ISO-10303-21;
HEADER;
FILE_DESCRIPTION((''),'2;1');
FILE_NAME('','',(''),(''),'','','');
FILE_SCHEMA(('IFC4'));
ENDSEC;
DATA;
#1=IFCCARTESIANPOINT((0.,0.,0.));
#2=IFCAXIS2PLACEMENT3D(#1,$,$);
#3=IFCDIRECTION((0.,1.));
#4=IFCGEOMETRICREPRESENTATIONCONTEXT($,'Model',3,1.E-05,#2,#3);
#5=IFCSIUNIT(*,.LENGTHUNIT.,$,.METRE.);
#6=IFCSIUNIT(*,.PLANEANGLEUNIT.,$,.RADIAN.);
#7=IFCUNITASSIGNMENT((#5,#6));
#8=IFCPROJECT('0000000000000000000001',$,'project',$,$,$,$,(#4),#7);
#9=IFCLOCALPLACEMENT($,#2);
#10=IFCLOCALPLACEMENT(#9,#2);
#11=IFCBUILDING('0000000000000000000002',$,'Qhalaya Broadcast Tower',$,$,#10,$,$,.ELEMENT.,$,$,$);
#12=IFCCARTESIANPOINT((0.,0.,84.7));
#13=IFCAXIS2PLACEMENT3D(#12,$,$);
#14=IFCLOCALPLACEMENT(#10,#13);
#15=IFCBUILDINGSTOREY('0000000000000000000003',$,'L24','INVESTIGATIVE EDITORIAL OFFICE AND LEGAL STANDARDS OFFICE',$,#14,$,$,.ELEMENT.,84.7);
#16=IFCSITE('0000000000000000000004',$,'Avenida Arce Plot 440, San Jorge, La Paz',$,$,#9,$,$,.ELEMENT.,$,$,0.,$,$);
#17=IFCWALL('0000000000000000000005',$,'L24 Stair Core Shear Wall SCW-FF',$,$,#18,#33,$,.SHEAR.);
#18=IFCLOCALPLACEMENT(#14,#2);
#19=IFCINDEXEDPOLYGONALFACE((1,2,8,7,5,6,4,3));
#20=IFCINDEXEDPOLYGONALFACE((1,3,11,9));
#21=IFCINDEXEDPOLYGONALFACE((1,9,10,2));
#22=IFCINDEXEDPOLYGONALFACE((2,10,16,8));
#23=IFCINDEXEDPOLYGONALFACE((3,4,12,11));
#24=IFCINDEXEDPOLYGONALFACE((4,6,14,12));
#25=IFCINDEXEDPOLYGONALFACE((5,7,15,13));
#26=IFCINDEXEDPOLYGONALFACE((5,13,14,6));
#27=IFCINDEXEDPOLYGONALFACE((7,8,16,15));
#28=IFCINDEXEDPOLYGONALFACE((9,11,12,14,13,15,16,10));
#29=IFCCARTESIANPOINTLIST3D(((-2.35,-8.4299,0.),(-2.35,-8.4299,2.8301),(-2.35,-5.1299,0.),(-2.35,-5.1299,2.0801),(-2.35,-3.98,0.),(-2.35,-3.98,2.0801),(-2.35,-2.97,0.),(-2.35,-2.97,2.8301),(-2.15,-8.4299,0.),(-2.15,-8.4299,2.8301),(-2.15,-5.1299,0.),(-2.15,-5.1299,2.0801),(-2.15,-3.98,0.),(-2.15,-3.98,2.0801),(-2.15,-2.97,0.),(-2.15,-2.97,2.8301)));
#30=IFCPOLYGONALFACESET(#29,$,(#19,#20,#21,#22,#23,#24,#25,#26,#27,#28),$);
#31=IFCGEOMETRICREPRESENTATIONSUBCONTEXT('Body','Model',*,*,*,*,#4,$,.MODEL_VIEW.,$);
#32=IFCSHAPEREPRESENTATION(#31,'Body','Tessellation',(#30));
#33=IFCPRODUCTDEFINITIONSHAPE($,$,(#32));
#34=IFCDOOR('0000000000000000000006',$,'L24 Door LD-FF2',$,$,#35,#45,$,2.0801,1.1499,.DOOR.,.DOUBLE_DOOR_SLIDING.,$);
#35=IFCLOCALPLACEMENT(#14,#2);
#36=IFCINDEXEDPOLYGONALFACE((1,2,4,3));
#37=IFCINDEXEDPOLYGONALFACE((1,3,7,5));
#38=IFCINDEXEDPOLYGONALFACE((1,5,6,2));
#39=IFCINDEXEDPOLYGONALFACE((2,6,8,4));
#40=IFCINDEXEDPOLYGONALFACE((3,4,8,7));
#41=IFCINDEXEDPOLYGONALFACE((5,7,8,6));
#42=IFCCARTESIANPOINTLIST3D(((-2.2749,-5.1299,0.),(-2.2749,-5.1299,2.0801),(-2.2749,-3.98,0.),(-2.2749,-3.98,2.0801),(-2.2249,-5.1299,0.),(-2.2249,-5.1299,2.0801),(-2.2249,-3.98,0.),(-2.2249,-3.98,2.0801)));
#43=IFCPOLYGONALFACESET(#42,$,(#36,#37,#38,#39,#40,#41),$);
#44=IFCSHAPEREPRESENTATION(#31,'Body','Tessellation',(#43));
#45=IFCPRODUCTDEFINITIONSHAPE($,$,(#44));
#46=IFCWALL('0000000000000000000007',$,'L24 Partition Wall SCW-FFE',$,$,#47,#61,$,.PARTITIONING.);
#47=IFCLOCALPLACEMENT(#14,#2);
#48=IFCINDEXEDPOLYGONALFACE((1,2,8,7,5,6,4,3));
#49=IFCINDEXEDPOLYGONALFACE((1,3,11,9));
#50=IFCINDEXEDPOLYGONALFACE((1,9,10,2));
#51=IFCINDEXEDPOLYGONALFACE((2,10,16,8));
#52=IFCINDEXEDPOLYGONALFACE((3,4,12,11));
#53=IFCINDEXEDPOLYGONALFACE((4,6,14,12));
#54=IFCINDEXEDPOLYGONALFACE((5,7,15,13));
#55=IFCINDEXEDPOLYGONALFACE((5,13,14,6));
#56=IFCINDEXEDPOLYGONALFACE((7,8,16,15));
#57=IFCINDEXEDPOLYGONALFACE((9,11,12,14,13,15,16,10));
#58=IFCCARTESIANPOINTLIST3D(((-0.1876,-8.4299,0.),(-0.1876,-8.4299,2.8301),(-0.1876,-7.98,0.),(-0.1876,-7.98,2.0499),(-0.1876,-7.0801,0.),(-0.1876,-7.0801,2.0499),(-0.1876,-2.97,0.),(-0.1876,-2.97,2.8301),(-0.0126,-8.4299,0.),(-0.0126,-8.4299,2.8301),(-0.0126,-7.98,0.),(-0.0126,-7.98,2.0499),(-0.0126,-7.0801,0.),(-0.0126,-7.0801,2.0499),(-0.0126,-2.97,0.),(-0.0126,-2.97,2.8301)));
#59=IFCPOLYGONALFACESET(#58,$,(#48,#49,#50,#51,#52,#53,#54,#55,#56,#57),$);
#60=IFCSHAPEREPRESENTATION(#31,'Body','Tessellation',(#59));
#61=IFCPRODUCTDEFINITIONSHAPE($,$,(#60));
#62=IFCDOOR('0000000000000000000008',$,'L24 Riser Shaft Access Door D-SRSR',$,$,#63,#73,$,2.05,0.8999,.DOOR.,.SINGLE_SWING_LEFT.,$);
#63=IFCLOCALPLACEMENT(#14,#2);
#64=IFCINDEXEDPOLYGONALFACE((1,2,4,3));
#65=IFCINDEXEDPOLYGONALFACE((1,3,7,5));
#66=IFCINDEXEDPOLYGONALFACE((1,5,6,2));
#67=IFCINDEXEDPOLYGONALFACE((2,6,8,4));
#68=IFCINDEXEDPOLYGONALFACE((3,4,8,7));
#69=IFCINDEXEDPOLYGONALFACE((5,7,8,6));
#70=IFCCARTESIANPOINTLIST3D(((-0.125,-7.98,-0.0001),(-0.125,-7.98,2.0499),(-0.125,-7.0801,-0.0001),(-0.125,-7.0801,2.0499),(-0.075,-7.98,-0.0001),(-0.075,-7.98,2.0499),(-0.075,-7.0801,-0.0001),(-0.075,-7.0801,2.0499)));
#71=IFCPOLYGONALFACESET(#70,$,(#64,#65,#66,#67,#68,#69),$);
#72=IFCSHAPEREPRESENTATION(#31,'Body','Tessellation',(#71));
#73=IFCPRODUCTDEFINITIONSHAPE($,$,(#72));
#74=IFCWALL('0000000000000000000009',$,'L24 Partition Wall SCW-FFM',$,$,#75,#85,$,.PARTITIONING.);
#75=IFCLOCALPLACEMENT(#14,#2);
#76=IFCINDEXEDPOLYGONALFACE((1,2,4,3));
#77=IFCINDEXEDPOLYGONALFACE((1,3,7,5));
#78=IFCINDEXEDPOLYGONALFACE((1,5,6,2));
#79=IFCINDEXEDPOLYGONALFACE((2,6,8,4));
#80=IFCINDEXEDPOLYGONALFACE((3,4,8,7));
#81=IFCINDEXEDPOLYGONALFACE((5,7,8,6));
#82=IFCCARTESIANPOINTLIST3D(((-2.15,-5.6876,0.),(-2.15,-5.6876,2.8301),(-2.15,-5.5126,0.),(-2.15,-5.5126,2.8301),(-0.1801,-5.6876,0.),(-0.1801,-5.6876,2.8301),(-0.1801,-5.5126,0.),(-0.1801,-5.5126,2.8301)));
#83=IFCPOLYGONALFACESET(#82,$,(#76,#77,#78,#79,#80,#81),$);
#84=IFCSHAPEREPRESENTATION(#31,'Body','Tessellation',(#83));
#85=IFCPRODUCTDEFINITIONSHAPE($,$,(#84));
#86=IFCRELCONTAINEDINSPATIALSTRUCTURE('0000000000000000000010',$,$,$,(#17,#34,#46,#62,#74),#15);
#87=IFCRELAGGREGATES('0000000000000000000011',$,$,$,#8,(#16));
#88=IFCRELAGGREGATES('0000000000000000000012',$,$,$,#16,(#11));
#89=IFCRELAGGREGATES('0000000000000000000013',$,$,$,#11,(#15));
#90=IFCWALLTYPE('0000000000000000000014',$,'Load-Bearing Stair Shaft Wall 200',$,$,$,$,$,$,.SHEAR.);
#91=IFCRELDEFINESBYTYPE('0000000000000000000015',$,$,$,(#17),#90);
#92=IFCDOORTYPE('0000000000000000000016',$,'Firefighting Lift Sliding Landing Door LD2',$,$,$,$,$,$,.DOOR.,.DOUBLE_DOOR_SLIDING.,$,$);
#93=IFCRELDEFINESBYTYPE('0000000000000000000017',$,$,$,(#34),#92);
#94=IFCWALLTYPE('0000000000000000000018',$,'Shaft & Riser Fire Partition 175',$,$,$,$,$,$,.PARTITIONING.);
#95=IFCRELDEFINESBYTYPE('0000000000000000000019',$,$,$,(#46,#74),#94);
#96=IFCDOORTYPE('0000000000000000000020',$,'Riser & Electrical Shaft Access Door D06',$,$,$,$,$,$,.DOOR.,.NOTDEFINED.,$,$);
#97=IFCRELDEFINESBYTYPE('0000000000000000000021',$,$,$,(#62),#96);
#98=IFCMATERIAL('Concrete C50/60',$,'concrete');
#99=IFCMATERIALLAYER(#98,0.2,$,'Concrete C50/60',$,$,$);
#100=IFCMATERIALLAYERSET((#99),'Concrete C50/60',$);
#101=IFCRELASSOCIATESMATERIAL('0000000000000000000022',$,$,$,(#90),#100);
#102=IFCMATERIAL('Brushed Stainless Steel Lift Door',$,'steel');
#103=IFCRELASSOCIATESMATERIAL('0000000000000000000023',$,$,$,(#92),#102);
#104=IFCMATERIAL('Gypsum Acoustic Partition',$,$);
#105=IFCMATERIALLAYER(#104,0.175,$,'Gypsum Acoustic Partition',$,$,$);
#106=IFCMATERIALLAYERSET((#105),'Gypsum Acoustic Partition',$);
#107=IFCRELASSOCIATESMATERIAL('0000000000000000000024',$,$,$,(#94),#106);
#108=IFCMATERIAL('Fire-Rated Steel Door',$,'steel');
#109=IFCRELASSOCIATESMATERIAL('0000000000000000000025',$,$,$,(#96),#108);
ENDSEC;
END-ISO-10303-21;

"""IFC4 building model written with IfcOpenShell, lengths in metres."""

from ifc_helpers import new_model, si_unit, direction, frame, frame_2d, origin, place, context, subcontext, project, spatial, rectangle, extrude, material, layer, layer_set, type_object, element, fill, save


model = new_model("IFC4")

# Units and contexts
model_context = context("Model", 3, precision=1e-05, world=origin(), true_north=direction((0.0, 1.0)))
body_context = subcontext(model_context, "Body", "Model", "MODEL_VIEW")
ifc_project = project(units=[si_unit("LENGTHUNIT", "METRE"), si_unit("PLANEANGLEUNIT", "RADIAN")], contexts=[model_context])

# Site, building, storey
site_placement = place(None, origin())
site = spatial("IfcSite", under=ifc_project, at=site_placement, Name="Avenida Arce Plot 440, San Jorge, La Paz", CompositionType="ELEMENT", RefElevation=0.0)
building_placement = place(site_placement, origin())
building = spatial("IfcBuilding", under=site, at=building_placement, Name="Qhalaya Broadcast Tower", CompositionType="ELEMENT")
storey_placement = place(building_placement, frame((0.0, 0.0, 84.7)))
storey = spatial("IfcBuildingStorey", under=building, at=storey_placement, Name="L24", Description="INVESTIGATIVE EDITORIAL OFFICE AND LEGAL STANDARDS OFFICE", CompositionType="ELEMENT", Elevation=84.7)

# Shared definitions
ifc_material_1 = material(Name="Concrete C50/60", Category="concrete")

# Walls, openings, doors
ifc_layer_1 = layer(ifc_material_1, 0.2, Name="Concrete C50/60")
ifc_layer_set_1 = layer_set([ifc_layer_1], Name="Concrete C50/60")
wall_type_1 = type_object("IfcWallType", Name="Load-Bearing Stair Shaft Wall 200", PredefinedType="SHEAR", material=ifc_layer_set_1)
ifc_material_2 = material(Name="Fire-Rated Steel Door", Category="steel")
wall_1_placement = place(storey_placement, frame((-2.25, -8.4299, 0.0), z_axis=(0.0, 0.0, 1.0), x_axis=(0.0, 1.0, 0.0)))
wall_1 = element("IfcWall", 1, at=wall_1_placement, inside=storey, type_object=wall_type_1, Name="L24 Stair Core Shear Wall SCW-FF", PredefinedType="SHEAR", context=body_context, shape_type="SweptSolid", body=[
    extrude(rectangle(XDim=5.46, YDim=0.2, at=frame_2d((2.73, 0.0))), origin(), (0.0, 0.0, 1.0), 2.8301),
])
opening_1_placement = place(wall_1_placement, frame((3.3, 0.0, 0.0)))
opening_1 = element("IfcOpeningElement", 2, at=opening_1_placement, cuts=wall_1, PredefinedType="OPENING", context=body_context, shape_type="SweptSolid", body=[
    extrude(rectangle(XDim=1.1499, YDim=2.0801, at=frame_2d((0.575, 1.04))), frame((0.0, 0.1121, 0.0), z_axis=(0.0, -1.0, 0.0), x_axis=(1.0, 0.0, 0.0)), (0.0, 0.0, 1.0), 0.2239),
])
ifc_material_3 = material(Name="Brushed Stainless Steel Lift Door", Category="steel")
door_type_1 = type_object("IfcDoorType", Name="Firefighting Lift Sliding Landing Door LD2", OperationType="DOUBLE_DOOR_SLIDING", PredefinedType="DOOR", material=ifc_material_3)
door_1_placement = place(opening_1_placement, origin())
door_1 = element("IfcDoor", 3, at=door_1_placement, inside=storey, type_object=door_type_1, Name="L24 Door LD-FF2", OperationType="DOUBLE_DOOR_SLIDING", OverallHeight=2.0801, OverallWidth=1.1499, PredefinedType="DOOR", context=body_context, shape_type="SweptSolid", body=[
    extrude(rectangle(XDim=1.1499, YDim=2.0801, at=frame_2d((0.575, 1.04))), frame((0.0, 0.0249, 0.0), z_axis=(0.0, -1.0, 0.0), x_axis=(1.0, 0.0, 0.0)), (0.0, 0.0, 1.0), 0.05),
])
fill(opening_1, door_1)
ifc_material_4 = material(Name="Gypsum Acoustic Partition")
ifc_layer_2 = layer(ifc_material_4, 0.175, Name="Gypsum Acoustic Partition")
ifc_layer_set_2 = layer_set([ifc_layer_2], Name="Gypsum Acoustic Partition")
wall_type_2 = type_object("IfcWallType", Name="Shaft & Riser Fire Partition 175", PredefinedType="PARTITIONING", material=ifc_layer_set_2)
wall_2_placement = place(storey_placement, frame((-0.1001, -8.4299, 0.0), z_axis=(0.0, 0.0, 1.0), x_axis=(0.0, 1.0, 0.0)))
wall_2 = element("IfcWall", 4, at=wall_2_placement, inside=storey, type_object=wall_type_2, Name="L24 Partition Wall SCW-FFE", PredefinedType="PARTITIONING", context=body_context, shape_type="SweptSolid", body=[
    extrude(rectangle(XDim=5.46, YDim=0.175, at=frame_2d((2.73, 0.0))), origin(), (0.0, 0.0, 1.0), 2.8301),
])
opening_2_placement = place(wall_2_placement, frame((0.45, 0.0, 0.0)))
opening_2 = element("IfcOpeningElement", 5, at=opening_2_placement, cuts=wall_2, PredefinedType="OPENING", context=body_context, shape_type="SweptSolid", body=[
    extrude(rectangle(XDim=0.8999, YDim=2.05, at=frame_2d((0.45, 1.0249))), frame((0.0, 0.0996, 0.0), z_axis=(0.0, -1.0, 0.0), x_axis=(1.0, 0.0, 0.0)), (0.0, 0.0, 1.0), 0.199),
])
door_type_2 = type_object("IfcDoorType", Name="Riser & Electrical Shaft Access Door D06", OperationType="NOTDEFINED", PredefinedType="DOOR", material=ifc_material_2)
door_2_placement = place(opening_2_placement, origin())
door_2 = element("IfcDoor", 6, at=door_2_placement, inside=storey, type_object=door_type_2, Name="L24 Riser Shaft Access Door D-SRSR", OperationType="SINGLE_SWING_LEFT", OverallHeight=2.05, OverallWidth=0.8999, PredefinedType="DOOR", context=body_context, shape_type="SweptSolid", body=[
    extrude(rectangle(XDim=0.8999, YDim=2.05, at=frame_2d((0.45, 1.0249))), frame((0.0, 0.0249, 0.0), z_axis=(0.0, -1.0, 0.0), x_axis=(1.0, 0.0, 0.0)), (0.0, 0.0, 1.0), 0.05),
])
fill(opening_2, door_2)

# Wall
wall_3_placement = place(storey_placement, frame((-2.1499, -5.6001, 0.0), z_axis=(0.0, 0.0, 1.0), x_axis=(1.0, 0.0, 0.0)))
element("IfcWall", 7, at=wall_3_placement, inside=storey, type_object=wall_type_2, Name="L24 Partition Wall SCW-FFM", PredefinedType="PARTITIONING", context=body_context, shape_type="SweptSolid", body=[
    extrude(rectangle(XDim=1.97, YDim=0.175, at=frame_2d((0.9849, 0.0))), origin(), (0.0, 0.0, 1.0), 2.8301),
])

save(model, "model.ifc")
